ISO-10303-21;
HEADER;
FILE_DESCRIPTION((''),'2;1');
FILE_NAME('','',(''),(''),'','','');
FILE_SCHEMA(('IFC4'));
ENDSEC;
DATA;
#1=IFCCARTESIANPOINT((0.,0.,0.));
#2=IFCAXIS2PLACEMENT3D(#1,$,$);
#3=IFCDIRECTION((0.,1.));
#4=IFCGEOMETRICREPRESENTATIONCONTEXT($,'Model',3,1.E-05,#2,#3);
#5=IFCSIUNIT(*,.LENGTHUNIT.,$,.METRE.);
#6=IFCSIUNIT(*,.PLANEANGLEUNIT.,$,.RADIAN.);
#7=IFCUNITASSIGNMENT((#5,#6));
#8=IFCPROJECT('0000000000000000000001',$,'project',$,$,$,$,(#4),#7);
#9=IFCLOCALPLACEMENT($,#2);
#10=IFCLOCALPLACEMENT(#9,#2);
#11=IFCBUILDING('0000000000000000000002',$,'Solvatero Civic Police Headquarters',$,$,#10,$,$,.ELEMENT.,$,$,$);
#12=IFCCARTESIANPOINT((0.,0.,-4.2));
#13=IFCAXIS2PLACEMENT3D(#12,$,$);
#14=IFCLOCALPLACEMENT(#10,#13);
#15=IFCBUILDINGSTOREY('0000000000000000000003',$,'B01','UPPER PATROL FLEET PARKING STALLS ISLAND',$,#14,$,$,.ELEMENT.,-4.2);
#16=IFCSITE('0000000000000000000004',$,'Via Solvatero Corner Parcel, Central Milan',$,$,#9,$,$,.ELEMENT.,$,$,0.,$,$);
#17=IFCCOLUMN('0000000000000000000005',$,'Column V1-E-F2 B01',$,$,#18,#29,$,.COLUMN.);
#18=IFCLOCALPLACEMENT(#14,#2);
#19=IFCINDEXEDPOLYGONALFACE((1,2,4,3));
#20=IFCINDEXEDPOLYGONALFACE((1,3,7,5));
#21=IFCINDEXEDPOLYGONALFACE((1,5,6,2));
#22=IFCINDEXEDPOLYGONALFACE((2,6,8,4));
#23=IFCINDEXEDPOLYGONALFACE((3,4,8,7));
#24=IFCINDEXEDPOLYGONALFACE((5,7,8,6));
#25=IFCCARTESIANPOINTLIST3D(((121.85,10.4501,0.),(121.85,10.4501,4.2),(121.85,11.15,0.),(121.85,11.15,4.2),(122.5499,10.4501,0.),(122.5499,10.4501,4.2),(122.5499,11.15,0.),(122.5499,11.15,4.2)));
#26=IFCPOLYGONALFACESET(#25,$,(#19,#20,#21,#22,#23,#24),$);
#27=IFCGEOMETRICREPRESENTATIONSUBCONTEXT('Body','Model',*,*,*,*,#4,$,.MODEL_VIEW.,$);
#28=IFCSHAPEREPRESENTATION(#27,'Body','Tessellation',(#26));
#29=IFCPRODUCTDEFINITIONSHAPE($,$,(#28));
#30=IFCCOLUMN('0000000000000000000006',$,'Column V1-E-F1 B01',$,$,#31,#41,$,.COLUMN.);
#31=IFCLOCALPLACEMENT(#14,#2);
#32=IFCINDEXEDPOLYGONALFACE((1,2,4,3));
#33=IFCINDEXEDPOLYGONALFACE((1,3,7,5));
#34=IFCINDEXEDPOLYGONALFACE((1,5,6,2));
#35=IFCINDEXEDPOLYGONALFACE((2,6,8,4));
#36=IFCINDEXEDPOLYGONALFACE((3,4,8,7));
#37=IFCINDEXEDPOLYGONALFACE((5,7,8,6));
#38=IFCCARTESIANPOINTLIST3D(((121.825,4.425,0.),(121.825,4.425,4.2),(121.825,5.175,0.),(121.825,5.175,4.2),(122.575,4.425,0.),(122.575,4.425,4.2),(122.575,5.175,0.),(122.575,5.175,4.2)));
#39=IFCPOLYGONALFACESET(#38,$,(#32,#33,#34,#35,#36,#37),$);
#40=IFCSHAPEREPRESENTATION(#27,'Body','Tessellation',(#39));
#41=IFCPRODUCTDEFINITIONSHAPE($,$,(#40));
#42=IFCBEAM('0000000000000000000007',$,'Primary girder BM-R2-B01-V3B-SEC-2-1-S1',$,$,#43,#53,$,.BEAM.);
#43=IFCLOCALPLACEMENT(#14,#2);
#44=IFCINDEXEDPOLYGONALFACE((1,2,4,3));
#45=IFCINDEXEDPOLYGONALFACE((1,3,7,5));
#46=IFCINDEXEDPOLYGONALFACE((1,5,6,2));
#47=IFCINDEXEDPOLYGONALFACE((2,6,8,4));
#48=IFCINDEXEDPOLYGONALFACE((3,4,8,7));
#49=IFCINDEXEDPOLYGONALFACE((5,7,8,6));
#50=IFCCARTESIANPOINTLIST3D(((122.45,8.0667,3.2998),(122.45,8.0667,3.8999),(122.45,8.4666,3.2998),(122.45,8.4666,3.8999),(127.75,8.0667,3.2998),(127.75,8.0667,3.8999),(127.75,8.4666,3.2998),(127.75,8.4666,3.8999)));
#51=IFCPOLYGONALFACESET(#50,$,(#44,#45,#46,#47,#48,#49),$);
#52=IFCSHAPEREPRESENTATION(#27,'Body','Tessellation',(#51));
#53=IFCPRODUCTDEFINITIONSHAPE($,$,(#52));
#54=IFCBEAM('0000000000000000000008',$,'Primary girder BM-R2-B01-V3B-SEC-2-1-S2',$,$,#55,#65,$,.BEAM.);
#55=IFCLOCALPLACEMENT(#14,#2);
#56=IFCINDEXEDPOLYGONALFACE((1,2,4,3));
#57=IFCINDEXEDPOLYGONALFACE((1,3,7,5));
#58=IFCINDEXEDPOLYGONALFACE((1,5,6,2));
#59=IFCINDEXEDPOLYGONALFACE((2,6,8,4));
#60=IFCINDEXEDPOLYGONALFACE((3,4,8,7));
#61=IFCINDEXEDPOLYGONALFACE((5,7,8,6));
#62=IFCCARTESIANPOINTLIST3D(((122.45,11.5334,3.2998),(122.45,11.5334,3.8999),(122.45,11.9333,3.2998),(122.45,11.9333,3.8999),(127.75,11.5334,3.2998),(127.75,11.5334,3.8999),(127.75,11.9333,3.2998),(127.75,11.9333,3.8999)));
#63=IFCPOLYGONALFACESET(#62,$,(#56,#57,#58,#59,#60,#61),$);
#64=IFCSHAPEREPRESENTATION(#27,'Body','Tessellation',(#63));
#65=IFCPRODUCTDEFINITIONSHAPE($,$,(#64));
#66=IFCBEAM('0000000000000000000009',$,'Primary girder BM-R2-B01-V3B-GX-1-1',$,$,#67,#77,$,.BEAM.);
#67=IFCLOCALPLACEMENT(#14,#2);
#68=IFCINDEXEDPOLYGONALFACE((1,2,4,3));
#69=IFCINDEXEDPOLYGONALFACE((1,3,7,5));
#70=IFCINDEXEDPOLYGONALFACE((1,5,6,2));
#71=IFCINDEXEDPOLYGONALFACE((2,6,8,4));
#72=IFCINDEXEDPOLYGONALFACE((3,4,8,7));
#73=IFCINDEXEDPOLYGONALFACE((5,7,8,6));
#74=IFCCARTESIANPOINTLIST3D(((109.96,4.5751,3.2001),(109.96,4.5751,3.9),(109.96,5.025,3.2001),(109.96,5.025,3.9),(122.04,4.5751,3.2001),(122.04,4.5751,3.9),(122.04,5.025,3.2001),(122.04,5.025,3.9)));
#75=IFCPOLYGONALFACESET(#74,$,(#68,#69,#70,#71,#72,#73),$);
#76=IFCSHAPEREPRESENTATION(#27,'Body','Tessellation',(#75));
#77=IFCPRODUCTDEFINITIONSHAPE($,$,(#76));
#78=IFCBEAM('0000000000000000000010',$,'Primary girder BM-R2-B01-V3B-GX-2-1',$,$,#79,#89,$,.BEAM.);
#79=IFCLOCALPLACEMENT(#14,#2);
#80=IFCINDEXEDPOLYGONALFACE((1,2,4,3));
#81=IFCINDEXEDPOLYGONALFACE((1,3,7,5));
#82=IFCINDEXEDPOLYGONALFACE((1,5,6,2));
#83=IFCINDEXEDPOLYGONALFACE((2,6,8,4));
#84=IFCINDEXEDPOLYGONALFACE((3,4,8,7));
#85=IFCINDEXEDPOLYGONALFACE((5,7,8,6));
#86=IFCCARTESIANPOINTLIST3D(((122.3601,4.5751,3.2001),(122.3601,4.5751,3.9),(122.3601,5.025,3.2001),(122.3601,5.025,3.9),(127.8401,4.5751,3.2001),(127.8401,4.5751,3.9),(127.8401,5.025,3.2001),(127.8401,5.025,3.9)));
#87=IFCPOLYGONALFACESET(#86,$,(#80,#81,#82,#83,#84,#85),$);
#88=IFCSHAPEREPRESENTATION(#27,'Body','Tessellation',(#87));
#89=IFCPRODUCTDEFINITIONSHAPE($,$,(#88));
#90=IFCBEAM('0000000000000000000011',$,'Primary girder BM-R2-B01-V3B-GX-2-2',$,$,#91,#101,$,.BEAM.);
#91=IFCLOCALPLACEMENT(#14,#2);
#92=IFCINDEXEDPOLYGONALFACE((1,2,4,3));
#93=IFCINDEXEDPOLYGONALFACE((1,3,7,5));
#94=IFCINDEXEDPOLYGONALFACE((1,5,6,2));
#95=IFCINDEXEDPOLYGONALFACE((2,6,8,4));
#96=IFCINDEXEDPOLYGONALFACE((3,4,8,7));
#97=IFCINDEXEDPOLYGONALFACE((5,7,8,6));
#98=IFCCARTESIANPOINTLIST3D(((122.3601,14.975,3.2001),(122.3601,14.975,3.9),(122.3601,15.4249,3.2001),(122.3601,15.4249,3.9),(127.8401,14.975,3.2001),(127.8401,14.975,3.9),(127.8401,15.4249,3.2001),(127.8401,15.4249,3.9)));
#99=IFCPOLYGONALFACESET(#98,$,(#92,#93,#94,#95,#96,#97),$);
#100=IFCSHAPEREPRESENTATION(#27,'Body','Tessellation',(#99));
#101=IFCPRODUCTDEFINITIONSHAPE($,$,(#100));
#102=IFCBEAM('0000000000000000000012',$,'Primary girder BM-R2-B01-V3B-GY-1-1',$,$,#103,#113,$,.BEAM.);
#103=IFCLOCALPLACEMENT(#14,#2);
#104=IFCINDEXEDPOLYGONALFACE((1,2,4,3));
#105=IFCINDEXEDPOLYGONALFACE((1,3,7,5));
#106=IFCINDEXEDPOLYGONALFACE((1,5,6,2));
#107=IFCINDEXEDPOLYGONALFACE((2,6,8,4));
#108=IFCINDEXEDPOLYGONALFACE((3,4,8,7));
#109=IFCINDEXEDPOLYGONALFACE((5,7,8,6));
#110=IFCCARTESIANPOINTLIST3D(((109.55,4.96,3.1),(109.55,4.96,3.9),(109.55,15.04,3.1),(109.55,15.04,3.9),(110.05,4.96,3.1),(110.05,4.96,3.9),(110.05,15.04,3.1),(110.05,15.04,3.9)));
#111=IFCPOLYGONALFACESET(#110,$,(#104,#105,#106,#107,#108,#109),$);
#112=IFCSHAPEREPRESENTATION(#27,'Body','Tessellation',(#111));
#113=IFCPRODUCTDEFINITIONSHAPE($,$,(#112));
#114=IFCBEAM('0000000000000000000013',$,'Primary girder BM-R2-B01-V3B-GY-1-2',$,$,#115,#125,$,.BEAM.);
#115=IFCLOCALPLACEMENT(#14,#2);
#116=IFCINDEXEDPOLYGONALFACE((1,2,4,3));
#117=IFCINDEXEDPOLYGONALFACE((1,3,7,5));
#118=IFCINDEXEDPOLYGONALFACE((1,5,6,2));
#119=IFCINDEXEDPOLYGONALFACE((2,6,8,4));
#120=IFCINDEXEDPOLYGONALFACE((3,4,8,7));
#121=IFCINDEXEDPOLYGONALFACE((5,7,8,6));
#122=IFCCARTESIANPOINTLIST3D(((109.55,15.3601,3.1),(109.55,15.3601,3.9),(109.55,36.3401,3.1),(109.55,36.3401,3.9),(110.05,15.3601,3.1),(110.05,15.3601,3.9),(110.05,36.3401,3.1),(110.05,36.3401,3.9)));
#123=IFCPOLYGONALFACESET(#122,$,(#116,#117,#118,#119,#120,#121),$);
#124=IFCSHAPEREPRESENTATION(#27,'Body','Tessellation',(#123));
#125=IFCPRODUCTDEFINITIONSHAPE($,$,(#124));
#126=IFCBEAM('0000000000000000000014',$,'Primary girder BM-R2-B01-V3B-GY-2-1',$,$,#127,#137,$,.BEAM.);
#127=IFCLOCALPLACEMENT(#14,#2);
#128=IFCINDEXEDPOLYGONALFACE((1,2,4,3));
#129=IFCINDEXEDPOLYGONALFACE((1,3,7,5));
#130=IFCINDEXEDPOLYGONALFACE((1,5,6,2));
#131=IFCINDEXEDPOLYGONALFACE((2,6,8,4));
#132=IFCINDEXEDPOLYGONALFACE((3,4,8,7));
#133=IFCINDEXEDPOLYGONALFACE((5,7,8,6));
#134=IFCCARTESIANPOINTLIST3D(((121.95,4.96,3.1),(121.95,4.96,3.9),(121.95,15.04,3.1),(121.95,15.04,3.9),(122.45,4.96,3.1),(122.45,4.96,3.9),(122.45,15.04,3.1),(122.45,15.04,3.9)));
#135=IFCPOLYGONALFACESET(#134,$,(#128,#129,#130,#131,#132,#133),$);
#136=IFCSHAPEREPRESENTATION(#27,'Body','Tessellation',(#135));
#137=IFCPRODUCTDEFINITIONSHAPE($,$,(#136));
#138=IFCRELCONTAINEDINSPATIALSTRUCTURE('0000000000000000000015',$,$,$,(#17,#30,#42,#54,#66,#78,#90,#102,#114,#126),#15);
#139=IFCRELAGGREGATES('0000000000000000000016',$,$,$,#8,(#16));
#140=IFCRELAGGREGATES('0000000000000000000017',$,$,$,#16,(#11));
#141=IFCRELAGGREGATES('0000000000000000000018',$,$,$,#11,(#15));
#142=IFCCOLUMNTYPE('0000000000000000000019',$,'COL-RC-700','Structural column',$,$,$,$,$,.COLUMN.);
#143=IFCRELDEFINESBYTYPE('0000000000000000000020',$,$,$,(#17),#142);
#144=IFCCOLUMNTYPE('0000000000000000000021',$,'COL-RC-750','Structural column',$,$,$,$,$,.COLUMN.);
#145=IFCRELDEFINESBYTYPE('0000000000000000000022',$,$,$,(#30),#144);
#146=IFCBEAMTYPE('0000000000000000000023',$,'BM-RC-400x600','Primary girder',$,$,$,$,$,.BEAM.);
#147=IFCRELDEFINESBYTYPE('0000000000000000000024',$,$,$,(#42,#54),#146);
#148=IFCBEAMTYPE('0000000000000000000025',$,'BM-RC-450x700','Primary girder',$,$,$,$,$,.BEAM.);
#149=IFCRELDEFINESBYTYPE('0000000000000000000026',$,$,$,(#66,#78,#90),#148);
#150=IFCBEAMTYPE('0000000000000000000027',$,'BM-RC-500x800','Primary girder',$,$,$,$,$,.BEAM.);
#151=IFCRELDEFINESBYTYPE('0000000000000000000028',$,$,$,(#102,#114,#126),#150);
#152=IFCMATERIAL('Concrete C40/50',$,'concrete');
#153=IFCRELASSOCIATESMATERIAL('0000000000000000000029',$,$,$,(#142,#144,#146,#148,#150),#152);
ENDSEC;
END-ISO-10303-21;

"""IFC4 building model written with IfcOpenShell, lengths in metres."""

from ifc_helpers import new_model, si_unit, direction, frame, origin, origin_2d, place, context, subcontext, project, spatial, rectangle, extrude, material, material_profile, profile_set, type_object, element, save


model = new_model("IFC4")

# Units and contexts
model_context = context("Model", 3, precision=1e-05, world=origin(), true_north=direction((0.0, 1.0)))
body_context = subcontext(model_context, "Body", "Model", "MODEL_VIEW")
ifc_project = project(units=[si_unit("LENGTHUNIT", "METRE"), si_unit("PLANEANGLEUNIT", "RADIAN")], contexts=[model_context])

# Site, building, storey
site_placement = place(None, origin())
site = spatial("IfcSite", under=ifc_project, at=site_placement, Name="Via Solvatero Corner Parcel, Central Milan", CompositionType="ELEMENT", RefElevation=0.0)
building_placement = place(site_placement, origin())
building = spatial("IfcBuilding", under=site, at=building_placement, Name="Solvatero Civic Police Headquarters", CompositionType="ELEMENT")
storey_placement = place(building_placement, frame((0.0, 0.0, -4.2)))
storey = spatial("IfcBuildingStorey", under=building, at=storey_placement, Name="B01", Description="UPPER PATROL FLEET PARKING STALLS ISLAND", CompositionType="ELEMENT", Elevation=-4.2)

# Columns
ifc_material_1 = material(Name="Concrete C40/50", Category="concrete")
ifc_material_profile_1 = material_profile(ifc_material_1, rectangle(XDim=0.7, YDim=0.7, at=origin_2d()), Name="RC 700x700")
ifc_profile_set_1 = profile_set([ifc_material_profile_1], Name="Concrete C40/50")
column_type_1 = type_object("IfcColumnType", Name="COL-RC-700", Description="Structural column", PredefinedType="COLUMN", material=ifc_profile_set_1)
column_1_placement = place(storey_placement, frame((122.2, 10.8, 0.0), z_axis=(0.0, 0.0, 1.0), x_axis=(1.0, 0.0, 0.0)))
element("IfcColumn", 1, at=column_1_placement, inside=storey, type_object=column_type_1, Name="Column V1-E-F2 B01", PredefinedType="COLUMN", context=body_context, shape_type="SweptSolid", body=[
    extrude(rectangle(XDim=0.7, YDim=0.7, at=origin_2d()), origin(), (0.0, 0.0, 1.0), 4.2),
])
ifc_material_profile_2 = material_profile(ifc_material_1, rectangle(XDim=0.75, YDim=0.75, at=origin_2d()), Name="RC 750x750")
ifc_profile_set_2 = profile_set([ifc_material_profile_2], Name="Concrete C40/50")
column_type_2 = type_object("IfcColumnType", Name="COL-RC-750", Description="Structural column", PredefinedType="COLUMN", material=ifc_profile_set_2)
column_2_placement = place(storey_placement, frame((122.2, 4.8, 0.0), z_axis=(0.0, 0.0, 1.0), x_axis=(1.0, 0.0, 0.0)))
element("IfcColumn", 2, at=column_2_placement, inside=storey, type_object=column_type_2, Name="Column V1-E-F1 B01", PredefinedType="COLUMN", context=body_context, shape_type="SweptSolid", body=[
    extrude(rectangle(XDim=0.75, YDim=0.75, at=origin_2d()), origin(), (0.0, 0.0, 1.0), 4.2),
])

# Beams
ifc_material_profile_3 = material_profile(ifc_material_1, rectangle(XDim=0.3999, YDim=0.6001, at=origin_2d()), Name="RC 400x600")
ifc_profile_set_3 = profile_set([ifc_material_profile_3], Name="Concrete C40/50")
beam_type_1 = type_object("IfcBeamType", Name="BM-RC-400x600", Description="Primary girder", PredefinedType="BEAM", material=ifc_profile_set_3)
for number, where, z_axis, x_axis, name in (
    (3, (122.45, 8.2666, 3.5999), (1.0, 0.0, 0.0), (0.0, 1.0, 0.0), "Primary girder BM-R2-B01-V3B-SEC-2-1-S1"),
    (4, (122.45, 11.7334, 3.5999), (1.0, 0.0, 0.0), (0.0, 1.0, 0.0), "Primary girder BM-R2-B01-V3B-SEC-2-1-S2"),
):
    element("IfcBeam", number, at=place(storey_placement, frame(where, z_axis=z_axis, x_axis=x_axis)), inside=storey, type_object=beam_type_1, Name=name, PredefinedType="BEAM", context=body_context, shape_type="SweptSolid", body=[
        extrude(rectangle(XDim=0.3999, YDim=0.6001, at=origin_2d()), origin(), (0.0, 0.0, 1.0), 5.3),
    ])
ifc_material_profile_4 = material_profile(ifc_material_1, rectangle(XDim=0.45, YDim=0.7, at=origin_2d()), Name="RC 450x700")
ifc_profile_set_4 = profile_set([ifc_material_profile_4], Name="Concrete C40/50")
beam_type_2 = type_object("IfcBeamType", Name="BM-RC-450x700", Description="Primary girder", PredefinedType="BEAM", material=ifc_profile_set_4)
beam_1_placement = place(storey_placement, frame((109.96, 4.8, 3.55), z_axis=(1.0, 0.0, 0.0), x_axis=(0.0, 1.0, 0.0)))
element("IfcBeam", 5, at=beam_1_placement, inside=storey, type_object=beam_type_2, Name="Primary girder BM-R2-B01-V3B-GX-1-1", PredefinedType="BEAM", context=body_context, shape_type="SweptSolid", body=[
    extrude(rectangle(XDim=0.45, YDim=0.7, at=origin_2d()), origin(), (0.0, 0.0, 1.0), 12.0801),
])
for number, where, z_axis, x_axis, name in (
    (6, (122.3601, 4.8, 3.55), (1.0, 0.0, 0.0), (0.0, 1.0, 0.0), "Primary girder BM-R2-B01-V3B-GX-2-1"),
    (7, (122.3601, 15.2, 3.55), (1.0, 0.0, 0.0), (0.0, 1.0, 0.0), "Primary girder BM-R2-B01-V3B-GX-2-2"),
):
    element("IfcBeam", number, at=place(storey_placement, frame(where, z_axis=z_axis, x_axis=x_axis)), inside=storey, type_object=beam_type_2, Name=name, PredefinedType="BEAM", context=body_context, shape_type="SweptSolid", body=[
        extrude(rectangle(XDim=0.45, YDim=0.7, at=origin_2d()), origin(), (0.0, 0.0, 1.0), 5.48),
    ])
ifc_material_profile_5 = material_profile(ifc_material_1, rectangle(XDim=0.5, YDim=0.8, at=origin_2d()), Name="RC 500x800")
ifc_profile_set_5 = profile_set([ifc_material_profile_5], Name="Concrete C40/50")
beam_type_3 = type_object("IfcBeamType", Name="BM-RC-500x800", Description="Primary girder", PredefinedType="BEAM", material=ifc_profile_set_5)
beam_2_placement = place(storey_placement, frame((109.8, 4.96, 3.5), z_axis=(0.0, 1.0, 0.0), x_axis=(-1.0, 0.0, 0.0)))
element("IfcBeam", 8, at=beam_2_placement, inside=storey, type_object=beam_type_3, Name="Primary girder BM-R2-B01-V3B-GY-1-1", PredefinedType="BEAM", context=body_context, shape_type="SweptSolid", body=[
    extrude(rectangle(XDim=0.5, YDim=0.8, at=origin_2d()), origin(), (0.0, 0.0, 1.0), 10.0801),
])
beam_3_placement = place(storey_placement, frame((109.8, 15.3601, 3.5), z_axis=(0.0, 1.0, 0.0), x_axis=(-1.0, 0.0, 0.0)))
element("IfcBeam", 9, at=beam_3_placement, inside=storey, type_object=beam_type_3, Name="Primary girder BM-R2-B01-V3B-GY-1-2", PredefinedType="BEAM", context=body_context, shape_type="SweptSolid", body=[
    extrude(rectangle(XDim=0.5, YDim=0.8, at=origin_2d()), origin(), (0.0, 0.0, 1.0), 20.98),
])
beam_4_placement = place(storey_placement, frame((122.2, 4.96, 3.5), z_axis=(0.0, 1.0, 0.0), x_axis=(-1.0, 0.0, 0.0)))
element("IfcBeam", 10, at=beam_4_placement, inside=storey, type_object=beam_type_3, Name="Primary girder BM-R2-B01-V3B-GY-2-1", PredefinedType="BEAM", context=body_context, shape_type="SweptSolid", body=[
    extrude(rectangle(XDim=0.5, YDim=0.8, at=origin_2d()), origin(), (0.0, 0.0, 1.0), 10.0801),
])

save(model, "model.ifc")
